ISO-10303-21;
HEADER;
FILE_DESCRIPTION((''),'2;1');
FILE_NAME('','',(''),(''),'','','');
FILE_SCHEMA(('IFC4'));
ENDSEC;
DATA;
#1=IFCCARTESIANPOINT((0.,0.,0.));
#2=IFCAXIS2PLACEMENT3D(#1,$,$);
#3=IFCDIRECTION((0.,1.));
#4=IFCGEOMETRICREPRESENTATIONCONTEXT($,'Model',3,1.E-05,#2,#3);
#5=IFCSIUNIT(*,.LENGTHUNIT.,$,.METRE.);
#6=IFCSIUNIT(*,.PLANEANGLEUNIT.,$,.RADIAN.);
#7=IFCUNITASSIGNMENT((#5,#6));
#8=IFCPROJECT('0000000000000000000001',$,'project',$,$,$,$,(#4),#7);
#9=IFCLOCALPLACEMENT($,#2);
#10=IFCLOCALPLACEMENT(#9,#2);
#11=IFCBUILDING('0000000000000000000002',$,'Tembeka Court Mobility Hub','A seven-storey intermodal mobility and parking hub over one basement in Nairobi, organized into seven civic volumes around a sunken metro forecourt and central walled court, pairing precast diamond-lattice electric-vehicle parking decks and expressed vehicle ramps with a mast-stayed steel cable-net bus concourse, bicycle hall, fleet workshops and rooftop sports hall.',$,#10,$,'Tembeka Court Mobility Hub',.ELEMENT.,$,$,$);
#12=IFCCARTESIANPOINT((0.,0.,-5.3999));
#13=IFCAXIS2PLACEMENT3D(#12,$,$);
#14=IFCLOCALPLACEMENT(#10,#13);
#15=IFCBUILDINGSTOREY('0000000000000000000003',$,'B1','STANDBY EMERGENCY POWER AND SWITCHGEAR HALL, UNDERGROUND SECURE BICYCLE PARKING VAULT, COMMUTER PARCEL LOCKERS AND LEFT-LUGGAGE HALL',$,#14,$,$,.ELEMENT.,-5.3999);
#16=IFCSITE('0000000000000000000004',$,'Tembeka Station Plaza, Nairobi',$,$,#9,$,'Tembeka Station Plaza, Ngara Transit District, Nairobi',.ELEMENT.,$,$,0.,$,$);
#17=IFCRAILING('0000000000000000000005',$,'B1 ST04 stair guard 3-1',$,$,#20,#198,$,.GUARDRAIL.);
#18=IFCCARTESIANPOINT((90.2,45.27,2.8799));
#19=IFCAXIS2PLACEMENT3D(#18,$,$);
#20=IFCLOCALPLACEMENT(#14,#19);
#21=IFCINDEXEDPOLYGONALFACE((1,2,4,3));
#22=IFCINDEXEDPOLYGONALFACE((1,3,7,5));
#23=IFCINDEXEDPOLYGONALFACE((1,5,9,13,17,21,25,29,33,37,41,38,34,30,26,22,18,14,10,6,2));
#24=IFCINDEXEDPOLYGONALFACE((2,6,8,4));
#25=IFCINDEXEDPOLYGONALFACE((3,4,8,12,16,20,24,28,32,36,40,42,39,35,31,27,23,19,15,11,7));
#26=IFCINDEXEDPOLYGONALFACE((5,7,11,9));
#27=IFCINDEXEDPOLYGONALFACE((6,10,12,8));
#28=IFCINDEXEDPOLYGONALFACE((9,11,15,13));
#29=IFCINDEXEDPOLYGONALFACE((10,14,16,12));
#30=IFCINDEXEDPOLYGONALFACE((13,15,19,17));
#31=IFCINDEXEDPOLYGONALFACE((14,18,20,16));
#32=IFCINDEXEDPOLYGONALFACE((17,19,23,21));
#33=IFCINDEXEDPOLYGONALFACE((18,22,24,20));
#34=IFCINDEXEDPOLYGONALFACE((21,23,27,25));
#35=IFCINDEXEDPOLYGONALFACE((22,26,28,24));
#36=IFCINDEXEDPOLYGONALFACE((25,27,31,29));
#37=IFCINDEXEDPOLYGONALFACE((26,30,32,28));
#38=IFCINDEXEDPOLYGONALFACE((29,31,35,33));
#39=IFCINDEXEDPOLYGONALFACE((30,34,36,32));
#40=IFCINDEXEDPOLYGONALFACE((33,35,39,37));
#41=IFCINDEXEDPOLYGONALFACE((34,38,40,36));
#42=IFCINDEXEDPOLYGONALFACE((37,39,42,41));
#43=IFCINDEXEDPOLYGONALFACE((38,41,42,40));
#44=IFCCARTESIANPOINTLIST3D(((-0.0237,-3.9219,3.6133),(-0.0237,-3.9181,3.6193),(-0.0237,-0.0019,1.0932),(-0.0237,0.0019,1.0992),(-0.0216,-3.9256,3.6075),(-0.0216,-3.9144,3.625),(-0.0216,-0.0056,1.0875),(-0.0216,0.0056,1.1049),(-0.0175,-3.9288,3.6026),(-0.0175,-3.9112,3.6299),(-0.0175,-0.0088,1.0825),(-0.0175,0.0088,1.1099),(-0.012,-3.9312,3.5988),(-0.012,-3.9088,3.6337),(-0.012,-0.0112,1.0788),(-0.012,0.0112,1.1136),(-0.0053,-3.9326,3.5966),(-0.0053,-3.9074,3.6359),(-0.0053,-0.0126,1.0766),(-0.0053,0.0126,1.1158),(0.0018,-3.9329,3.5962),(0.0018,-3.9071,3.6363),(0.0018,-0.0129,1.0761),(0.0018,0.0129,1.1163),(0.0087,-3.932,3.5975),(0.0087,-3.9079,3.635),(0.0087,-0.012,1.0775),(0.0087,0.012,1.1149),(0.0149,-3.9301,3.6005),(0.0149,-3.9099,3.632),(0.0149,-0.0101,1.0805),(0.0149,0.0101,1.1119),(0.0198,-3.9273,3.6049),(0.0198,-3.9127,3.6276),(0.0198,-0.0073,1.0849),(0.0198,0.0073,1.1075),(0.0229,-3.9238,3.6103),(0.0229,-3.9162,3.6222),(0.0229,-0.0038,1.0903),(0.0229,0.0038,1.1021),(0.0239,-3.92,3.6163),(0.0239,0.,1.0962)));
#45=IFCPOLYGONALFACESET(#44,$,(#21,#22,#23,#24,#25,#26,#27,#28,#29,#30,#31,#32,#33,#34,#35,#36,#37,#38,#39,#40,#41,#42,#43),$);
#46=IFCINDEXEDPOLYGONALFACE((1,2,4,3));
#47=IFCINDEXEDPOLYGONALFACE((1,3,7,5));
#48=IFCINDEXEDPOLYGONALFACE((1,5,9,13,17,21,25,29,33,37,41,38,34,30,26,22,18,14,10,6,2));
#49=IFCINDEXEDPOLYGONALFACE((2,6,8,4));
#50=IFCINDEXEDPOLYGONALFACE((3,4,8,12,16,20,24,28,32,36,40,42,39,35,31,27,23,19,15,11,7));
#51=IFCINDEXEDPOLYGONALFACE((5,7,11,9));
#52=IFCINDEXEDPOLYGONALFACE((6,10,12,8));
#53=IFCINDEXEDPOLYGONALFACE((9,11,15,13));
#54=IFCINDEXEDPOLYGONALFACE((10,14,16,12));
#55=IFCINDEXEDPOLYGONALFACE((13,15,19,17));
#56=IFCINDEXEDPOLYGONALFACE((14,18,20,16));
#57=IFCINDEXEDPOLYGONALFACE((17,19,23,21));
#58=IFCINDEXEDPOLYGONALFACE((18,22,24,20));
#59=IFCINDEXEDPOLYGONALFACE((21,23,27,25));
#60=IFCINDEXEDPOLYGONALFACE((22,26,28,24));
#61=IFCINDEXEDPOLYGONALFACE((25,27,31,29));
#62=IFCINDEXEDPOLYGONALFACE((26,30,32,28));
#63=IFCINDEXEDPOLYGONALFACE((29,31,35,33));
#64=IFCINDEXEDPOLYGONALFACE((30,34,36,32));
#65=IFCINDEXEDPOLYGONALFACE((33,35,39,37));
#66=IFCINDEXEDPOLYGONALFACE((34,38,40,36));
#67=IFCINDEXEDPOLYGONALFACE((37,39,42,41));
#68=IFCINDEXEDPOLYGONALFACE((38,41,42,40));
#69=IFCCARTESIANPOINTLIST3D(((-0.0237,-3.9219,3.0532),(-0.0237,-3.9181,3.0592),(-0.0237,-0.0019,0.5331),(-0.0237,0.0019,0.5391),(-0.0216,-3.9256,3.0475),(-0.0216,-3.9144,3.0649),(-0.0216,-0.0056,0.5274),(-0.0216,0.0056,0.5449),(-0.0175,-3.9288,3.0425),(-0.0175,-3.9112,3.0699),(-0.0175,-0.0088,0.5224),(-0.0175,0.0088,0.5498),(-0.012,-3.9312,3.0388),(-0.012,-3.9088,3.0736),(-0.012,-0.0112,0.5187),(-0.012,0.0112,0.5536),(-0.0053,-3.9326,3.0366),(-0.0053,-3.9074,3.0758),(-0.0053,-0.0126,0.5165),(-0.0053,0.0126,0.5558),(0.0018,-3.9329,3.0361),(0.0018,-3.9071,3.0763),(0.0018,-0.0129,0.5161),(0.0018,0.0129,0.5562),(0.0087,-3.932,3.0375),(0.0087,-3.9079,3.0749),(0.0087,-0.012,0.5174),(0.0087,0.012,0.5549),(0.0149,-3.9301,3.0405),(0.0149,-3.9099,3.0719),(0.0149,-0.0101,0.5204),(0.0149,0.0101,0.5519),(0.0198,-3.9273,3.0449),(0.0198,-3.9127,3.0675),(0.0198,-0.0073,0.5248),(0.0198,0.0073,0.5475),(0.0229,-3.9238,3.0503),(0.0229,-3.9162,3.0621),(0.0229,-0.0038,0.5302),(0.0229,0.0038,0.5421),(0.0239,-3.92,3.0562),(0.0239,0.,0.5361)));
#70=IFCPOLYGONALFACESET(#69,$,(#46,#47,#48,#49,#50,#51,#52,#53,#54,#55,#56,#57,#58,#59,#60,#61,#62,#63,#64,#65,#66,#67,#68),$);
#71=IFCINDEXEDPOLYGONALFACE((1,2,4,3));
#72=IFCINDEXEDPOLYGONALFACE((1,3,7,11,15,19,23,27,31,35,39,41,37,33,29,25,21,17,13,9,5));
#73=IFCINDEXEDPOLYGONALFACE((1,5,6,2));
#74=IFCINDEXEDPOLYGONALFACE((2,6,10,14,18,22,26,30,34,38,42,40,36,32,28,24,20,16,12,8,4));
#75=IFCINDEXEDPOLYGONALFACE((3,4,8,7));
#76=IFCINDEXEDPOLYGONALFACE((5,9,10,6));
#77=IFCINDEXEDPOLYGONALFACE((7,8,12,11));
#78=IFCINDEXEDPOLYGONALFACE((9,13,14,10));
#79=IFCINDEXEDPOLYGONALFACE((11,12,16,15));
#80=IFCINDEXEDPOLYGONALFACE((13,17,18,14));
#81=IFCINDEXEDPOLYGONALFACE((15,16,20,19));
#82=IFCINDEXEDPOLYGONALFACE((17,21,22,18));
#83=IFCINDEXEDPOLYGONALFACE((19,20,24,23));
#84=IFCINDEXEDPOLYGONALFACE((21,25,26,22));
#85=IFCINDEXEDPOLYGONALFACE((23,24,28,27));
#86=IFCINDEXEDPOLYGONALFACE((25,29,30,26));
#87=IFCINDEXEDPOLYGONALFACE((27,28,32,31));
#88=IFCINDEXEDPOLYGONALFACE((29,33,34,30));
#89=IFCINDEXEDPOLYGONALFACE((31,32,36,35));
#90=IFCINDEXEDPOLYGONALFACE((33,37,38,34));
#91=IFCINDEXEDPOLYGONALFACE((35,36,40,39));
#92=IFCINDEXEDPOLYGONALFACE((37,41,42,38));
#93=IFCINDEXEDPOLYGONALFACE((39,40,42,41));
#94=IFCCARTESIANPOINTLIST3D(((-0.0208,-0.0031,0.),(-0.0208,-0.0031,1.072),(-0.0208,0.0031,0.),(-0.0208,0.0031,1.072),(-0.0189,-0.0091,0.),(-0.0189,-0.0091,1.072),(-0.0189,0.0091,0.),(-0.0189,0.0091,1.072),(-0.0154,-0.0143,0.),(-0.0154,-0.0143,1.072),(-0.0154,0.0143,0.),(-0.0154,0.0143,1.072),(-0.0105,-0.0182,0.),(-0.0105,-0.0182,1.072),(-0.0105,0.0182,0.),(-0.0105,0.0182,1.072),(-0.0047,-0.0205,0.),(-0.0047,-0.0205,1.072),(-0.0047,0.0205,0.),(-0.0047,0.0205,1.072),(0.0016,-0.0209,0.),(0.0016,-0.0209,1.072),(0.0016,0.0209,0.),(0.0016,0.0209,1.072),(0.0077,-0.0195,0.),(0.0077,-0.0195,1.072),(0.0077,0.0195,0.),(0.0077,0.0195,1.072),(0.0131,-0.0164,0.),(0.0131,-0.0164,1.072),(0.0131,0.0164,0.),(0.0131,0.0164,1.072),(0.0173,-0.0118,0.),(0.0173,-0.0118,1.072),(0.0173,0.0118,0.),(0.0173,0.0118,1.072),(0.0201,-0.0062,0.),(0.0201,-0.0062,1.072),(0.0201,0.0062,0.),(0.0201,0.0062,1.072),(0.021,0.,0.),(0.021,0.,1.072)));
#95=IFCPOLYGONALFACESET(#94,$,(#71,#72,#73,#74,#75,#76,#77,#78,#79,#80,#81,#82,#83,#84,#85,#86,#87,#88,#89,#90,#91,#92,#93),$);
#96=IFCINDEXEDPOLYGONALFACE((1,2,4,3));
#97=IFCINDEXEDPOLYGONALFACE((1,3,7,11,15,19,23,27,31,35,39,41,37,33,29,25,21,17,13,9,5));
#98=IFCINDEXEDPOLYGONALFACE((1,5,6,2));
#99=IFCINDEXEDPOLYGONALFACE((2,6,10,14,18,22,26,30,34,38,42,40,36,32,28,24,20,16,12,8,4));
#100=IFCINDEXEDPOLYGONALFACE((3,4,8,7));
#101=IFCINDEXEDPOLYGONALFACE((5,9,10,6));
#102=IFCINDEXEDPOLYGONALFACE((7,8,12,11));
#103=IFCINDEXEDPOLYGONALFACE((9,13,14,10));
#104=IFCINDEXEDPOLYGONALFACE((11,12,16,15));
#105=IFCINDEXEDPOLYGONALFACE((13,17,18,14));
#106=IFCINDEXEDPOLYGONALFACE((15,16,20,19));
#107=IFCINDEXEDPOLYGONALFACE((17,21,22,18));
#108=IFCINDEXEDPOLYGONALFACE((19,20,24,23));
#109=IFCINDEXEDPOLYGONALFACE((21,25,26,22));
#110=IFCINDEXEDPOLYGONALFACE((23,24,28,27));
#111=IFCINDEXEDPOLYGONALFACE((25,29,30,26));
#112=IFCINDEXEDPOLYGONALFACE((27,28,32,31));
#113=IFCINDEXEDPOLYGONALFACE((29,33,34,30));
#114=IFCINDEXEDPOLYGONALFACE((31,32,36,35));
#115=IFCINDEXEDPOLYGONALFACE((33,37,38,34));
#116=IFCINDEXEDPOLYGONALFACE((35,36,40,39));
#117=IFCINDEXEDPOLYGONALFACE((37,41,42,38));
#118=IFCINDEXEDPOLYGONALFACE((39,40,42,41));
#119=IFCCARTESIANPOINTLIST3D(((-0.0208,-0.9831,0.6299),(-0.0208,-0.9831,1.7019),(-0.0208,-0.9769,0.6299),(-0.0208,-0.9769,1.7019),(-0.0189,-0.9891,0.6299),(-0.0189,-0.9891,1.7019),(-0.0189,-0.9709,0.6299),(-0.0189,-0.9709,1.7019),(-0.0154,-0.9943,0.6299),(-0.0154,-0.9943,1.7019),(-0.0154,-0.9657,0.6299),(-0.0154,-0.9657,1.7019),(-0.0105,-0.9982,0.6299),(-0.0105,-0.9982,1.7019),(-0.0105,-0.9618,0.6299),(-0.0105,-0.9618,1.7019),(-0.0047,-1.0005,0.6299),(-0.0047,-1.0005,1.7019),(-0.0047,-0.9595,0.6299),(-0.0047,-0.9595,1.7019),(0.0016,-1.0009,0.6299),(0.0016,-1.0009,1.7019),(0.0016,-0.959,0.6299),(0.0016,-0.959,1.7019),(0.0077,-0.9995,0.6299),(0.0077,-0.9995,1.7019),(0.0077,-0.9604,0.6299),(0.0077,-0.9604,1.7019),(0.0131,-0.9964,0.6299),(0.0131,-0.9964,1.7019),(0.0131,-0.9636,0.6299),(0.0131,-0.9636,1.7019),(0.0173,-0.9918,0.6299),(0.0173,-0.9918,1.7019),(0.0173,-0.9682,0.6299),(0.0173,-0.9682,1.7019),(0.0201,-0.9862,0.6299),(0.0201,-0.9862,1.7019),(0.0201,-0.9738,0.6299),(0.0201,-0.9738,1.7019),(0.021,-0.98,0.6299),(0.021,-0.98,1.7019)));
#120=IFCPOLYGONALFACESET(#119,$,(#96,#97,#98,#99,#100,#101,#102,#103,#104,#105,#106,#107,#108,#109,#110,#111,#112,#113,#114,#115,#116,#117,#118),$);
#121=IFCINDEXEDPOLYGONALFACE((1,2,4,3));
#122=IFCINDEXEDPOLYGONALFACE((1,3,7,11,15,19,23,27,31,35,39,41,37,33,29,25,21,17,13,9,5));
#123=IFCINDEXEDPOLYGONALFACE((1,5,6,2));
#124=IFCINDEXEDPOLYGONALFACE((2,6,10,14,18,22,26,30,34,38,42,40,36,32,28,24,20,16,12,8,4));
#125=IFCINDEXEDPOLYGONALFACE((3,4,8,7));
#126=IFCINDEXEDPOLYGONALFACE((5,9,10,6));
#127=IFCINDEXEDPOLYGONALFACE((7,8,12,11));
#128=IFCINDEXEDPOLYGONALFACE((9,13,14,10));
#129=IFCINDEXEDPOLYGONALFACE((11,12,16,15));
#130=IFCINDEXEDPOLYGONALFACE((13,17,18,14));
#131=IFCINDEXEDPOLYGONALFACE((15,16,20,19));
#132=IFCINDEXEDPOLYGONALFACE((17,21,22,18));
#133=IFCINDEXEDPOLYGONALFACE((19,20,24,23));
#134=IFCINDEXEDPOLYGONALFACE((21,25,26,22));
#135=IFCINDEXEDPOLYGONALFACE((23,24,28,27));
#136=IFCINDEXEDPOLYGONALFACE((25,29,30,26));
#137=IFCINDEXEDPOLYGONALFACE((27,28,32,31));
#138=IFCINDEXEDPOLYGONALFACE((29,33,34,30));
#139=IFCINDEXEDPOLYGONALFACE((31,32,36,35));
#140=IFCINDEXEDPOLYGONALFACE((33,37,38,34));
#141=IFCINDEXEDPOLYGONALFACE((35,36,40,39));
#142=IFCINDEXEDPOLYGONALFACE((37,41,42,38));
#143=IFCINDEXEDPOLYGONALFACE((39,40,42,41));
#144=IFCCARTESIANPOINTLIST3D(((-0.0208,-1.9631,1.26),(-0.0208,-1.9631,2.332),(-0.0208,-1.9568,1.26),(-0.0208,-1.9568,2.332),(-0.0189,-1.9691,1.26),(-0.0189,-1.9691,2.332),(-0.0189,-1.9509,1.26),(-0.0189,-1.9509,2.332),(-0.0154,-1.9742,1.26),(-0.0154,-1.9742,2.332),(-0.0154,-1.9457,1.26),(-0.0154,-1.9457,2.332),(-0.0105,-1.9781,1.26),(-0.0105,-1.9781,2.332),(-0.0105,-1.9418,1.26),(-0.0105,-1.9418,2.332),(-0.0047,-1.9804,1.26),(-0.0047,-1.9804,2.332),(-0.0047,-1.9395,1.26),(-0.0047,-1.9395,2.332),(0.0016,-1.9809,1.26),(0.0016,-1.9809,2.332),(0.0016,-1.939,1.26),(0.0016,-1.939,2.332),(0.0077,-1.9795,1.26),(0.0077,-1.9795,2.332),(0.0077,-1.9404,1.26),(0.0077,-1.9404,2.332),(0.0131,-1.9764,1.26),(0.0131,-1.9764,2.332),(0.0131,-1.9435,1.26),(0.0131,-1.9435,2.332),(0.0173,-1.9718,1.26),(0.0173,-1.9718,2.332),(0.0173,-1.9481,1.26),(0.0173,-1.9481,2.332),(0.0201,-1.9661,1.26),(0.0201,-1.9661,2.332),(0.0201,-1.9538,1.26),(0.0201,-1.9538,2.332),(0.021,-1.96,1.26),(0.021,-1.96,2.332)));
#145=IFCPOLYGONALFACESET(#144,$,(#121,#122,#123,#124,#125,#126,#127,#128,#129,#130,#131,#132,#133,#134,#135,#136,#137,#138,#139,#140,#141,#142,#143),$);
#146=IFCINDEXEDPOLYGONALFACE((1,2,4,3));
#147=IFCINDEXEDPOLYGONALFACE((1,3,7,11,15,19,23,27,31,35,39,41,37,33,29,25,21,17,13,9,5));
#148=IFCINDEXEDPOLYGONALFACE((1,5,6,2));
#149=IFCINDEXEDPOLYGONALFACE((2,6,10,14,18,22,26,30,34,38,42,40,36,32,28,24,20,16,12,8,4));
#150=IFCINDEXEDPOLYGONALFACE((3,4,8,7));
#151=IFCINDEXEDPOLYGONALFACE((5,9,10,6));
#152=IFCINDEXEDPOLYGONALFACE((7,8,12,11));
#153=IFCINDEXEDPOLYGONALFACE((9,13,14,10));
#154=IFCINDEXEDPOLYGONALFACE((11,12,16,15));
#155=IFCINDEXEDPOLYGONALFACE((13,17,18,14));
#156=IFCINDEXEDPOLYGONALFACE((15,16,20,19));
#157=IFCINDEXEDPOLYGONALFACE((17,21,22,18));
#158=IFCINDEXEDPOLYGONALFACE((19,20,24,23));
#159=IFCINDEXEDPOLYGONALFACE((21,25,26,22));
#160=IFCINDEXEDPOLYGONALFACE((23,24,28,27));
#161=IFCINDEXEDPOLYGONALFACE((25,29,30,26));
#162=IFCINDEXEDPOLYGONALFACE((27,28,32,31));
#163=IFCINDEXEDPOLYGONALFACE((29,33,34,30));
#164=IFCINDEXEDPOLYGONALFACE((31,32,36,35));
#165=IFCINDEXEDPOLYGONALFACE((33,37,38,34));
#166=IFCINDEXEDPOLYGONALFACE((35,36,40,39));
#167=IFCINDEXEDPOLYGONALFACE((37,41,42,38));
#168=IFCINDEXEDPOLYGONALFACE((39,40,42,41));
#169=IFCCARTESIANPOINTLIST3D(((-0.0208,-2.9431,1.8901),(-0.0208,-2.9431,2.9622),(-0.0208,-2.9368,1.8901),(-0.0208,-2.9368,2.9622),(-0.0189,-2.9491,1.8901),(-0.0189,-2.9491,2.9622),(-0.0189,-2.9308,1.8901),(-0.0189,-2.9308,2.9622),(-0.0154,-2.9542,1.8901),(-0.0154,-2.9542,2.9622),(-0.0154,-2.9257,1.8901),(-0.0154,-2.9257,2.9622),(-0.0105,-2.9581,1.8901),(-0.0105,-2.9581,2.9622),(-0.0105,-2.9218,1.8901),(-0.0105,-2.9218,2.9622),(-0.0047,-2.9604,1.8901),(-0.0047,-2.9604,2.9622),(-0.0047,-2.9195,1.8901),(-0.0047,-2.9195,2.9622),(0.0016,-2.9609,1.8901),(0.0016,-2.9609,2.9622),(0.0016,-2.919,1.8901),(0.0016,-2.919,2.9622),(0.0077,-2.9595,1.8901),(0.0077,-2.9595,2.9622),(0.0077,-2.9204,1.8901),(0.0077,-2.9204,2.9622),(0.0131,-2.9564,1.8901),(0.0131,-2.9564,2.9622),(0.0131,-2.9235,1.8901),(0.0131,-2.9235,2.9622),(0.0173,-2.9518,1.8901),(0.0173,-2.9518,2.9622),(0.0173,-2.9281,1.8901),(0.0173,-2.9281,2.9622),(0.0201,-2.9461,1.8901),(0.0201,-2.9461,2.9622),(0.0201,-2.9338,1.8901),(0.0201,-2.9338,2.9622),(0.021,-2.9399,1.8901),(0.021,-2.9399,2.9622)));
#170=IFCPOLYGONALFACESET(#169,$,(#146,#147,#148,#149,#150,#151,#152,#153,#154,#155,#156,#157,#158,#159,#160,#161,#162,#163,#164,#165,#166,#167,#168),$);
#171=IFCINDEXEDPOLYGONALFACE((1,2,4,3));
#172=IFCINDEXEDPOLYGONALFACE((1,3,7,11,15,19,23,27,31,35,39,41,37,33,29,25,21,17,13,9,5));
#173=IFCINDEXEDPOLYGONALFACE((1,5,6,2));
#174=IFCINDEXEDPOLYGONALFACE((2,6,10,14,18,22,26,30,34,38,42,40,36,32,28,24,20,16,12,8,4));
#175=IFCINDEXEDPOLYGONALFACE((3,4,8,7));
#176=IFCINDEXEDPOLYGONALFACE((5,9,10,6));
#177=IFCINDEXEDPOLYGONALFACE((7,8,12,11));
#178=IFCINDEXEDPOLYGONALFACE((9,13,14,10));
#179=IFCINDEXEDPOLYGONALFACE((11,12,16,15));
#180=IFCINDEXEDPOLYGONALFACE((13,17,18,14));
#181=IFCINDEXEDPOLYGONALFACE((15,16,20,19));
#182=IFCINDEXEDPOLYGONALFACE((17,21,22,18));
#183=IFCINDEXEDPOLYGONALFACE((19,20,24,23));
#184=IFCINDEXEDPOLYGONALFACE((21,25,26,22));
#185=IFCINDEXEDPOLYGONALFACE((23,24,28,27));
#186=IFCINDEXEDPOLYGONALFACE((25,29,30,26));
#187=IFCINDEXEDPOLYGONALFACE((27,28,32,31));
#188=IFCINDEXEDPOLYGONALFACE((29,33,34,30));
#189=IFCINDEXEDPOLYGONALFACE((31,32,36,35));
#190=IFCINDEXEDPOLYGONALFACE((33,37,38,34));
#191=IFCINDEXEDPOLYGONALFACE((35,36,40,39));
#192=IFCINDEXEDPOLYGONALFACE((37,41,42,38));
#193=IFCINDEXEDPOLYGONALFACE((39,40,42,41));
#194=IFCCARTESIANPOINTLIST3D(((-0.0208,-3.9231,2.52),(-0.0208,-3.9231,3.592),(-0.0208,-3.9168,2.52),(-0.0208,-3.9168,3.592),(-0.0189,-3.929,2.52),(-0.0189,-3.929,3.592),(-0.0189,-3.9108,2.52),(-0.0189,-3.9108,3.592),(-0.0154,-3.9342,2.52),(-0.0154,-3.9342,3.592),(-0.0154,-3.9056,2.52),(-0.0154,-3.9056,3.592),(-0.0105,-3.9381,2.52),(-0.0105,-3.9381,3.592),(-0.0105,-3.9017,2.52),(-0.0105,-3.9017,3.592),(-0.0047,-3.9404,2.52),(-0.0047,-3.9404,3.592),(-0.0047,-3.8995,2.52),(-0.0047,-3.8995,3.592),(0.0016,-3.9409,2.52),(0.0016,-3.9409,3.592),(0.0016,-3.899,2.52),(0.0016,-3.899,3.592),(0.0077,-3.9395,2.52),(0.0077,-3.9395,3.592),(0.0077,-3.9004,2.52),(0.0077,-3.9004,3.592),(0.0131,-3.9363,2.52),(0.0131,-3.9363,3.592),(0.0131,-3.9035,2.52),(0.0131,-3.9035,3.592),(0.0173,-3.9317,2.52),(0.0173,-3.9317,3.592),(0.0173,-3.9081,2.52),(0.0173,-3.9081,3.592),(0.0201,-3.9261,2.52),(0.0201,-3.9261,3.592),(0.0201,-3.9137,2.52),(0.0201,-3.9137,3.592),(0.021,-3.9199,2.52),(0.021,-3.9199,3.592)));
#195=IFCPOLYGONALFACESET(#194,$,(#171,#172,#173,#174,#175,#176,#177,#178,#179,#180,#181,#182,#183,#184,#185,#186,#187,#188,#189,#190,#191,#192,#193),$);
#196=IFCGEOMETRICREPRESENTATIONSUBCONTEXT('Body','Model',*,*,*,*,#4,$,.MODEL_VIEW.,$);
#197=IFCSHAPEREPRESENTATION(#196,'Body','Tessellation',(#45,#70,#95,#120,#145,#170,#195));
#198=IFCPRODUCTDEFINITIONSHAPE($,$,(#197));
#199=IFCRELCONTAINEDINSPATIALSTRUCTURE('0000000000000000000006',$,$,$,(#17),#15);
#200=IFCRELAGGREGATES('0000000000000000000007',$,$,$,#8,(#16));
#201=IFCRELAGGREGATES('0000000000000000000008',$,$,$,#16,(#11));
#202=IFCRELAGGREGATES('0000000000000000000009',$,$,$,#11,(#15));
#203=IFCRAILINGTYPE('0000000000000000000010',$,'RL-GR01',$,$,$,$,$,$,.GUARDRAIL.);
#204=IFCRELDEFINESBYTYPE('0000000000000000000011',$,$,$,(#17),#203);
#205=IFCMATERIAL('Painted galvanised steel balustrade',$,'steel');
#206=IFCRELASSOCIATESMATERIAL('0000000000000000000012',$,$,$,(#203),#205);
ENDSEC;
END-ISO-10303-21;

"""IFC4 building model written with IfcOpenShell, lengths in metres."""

from ifc_helpers import new_model, si_unit, direction, frame, origin, origin_2d, place, context, subcontext, project, spatial, circle, extrude, material, type_object, element, save


model = new_model("IFC4")

# Units and contexts
model_context = context("Model", 3, precision=1e-05, world=origin(), true_north=direction((0.0, 1.0)))
body_context = subcontext(model_context, "Body", "Model", "MODEL_VIEW")
ifc_project = project(units=[si_unit("LENGTHUNIT", "METRE"), si_unit("PLANEANGLEUNIT", "RADIAN")], contexts=[model_context])

# Site, building, storey
site_placement = place(None, origin())
site = spatial("IfcSite", under=ifc_project, at=site_placement, Name="Tembeka Station Plaza, Nairobi", LongName="Tembeka Station Plaza, Ngara Transit District, Nairobi", CompositionType="ELEMENT", RefElevation=0.0)
building_placement = place(site_placement, origin())
building = spatial("IfcBuilding", under=site, at=building_placement, Name="Tembeka Court Mobility Hub", Description="A seven-storey intermodal mobility and parking hub over one basement in Nairobi, organized into seven civic volumes around a sunken metro forecourt and central walled court, pairing precast diamond-lattice electric-vehicle parking decks and expressed vehicle ramps with a mast-stayed steel cable-net bus concourse, bicycle hall, fleet workshops and rooftop sports hall.", LongName="Tembeka Court Mobility Hub", CompositionType="ELEMENT")
storey_placement = place(building_placement, frame((0.0, 0.0, -5.3999)))
storey = spatial("IfcBuildingStorey", under=building, at=storey_placement, Name="B1", Description="STANDBY EMERGENCY POWER AND SWITCHGEAR HALL, UNDERGROUND SECURE BICYCLE PARKING VAULT, COMMUTER PARCEL LOCKERS AND LEFT-LUGGAGE HALL", CompositionType="ELEMENT", Elevation=-5.3999)

# Railing
ifc_material_1 = material(Name="Painted galvanised steel balustrade", Category="steel")
railing_type_1 = type_object("IfcRailingType", Name="RL-GR01", PredefinedType="GUARDRAIL", material=ifc_material_1)
railing_1_placement = place(storey_placement, frame((90.2, 45.27, 2.8799)))
element("IfcRailing", 1, at=railing_1_placement, inside=storey, type_object=railing_type_1, Name="B1 ST04 stair guard 3-1", PredefinedType="GUARDRAIL", context=body_context, shape_type="SweptSolid", body=[
    extrude(circle(Radius=0.0239, at=origin_2d()), frame((0.0, 0.0, 1.0962), z_axis=(0.0, -0.841172, 0.540768), x_axis=(1.0, 0.0, 0.0)), (0.0, 0.0, 1.0), 4.6602),
    extrude(circle(Radius=0.0239, at=origin_2d()), frame((0.0, 0.0, 0.5361), z_axis=(0.0, -0.841172, 0.540768), x_axis=(1.0, 0.0, 0.0)), (0.0, 0.0, 1.0), 4.6602),
    extrude(circle(Radius=0.021, at=origin_2d()), origin(), (0.0, 0.0, 1.0), 1.072),
    extrude(circle(Radius=0.021, at=origin_2d()), frame((0.0, -0.98, 0.6299)), (0.0, 0.0, 1.0), 1.072),
    extrude(circle(Radius=0.021, at=origin_2d()), frame((0.0, -1.96, 1.26)), (0.0, 0.0, 1.0), 1.072),
    extrude(circle(Radius=0.021, at=origin_2d()), frame((0.0, -2.9399, 1.8901)), (0.0, 0.0, 1.0), 1.072),
    extrude(circle(Radius=0.021, at=origin_2d()), frame((0.0, -3.9199, 2.52)), (0.0, 0.0, 1.0), 1.072),
])

save(model, "model.ifc")
